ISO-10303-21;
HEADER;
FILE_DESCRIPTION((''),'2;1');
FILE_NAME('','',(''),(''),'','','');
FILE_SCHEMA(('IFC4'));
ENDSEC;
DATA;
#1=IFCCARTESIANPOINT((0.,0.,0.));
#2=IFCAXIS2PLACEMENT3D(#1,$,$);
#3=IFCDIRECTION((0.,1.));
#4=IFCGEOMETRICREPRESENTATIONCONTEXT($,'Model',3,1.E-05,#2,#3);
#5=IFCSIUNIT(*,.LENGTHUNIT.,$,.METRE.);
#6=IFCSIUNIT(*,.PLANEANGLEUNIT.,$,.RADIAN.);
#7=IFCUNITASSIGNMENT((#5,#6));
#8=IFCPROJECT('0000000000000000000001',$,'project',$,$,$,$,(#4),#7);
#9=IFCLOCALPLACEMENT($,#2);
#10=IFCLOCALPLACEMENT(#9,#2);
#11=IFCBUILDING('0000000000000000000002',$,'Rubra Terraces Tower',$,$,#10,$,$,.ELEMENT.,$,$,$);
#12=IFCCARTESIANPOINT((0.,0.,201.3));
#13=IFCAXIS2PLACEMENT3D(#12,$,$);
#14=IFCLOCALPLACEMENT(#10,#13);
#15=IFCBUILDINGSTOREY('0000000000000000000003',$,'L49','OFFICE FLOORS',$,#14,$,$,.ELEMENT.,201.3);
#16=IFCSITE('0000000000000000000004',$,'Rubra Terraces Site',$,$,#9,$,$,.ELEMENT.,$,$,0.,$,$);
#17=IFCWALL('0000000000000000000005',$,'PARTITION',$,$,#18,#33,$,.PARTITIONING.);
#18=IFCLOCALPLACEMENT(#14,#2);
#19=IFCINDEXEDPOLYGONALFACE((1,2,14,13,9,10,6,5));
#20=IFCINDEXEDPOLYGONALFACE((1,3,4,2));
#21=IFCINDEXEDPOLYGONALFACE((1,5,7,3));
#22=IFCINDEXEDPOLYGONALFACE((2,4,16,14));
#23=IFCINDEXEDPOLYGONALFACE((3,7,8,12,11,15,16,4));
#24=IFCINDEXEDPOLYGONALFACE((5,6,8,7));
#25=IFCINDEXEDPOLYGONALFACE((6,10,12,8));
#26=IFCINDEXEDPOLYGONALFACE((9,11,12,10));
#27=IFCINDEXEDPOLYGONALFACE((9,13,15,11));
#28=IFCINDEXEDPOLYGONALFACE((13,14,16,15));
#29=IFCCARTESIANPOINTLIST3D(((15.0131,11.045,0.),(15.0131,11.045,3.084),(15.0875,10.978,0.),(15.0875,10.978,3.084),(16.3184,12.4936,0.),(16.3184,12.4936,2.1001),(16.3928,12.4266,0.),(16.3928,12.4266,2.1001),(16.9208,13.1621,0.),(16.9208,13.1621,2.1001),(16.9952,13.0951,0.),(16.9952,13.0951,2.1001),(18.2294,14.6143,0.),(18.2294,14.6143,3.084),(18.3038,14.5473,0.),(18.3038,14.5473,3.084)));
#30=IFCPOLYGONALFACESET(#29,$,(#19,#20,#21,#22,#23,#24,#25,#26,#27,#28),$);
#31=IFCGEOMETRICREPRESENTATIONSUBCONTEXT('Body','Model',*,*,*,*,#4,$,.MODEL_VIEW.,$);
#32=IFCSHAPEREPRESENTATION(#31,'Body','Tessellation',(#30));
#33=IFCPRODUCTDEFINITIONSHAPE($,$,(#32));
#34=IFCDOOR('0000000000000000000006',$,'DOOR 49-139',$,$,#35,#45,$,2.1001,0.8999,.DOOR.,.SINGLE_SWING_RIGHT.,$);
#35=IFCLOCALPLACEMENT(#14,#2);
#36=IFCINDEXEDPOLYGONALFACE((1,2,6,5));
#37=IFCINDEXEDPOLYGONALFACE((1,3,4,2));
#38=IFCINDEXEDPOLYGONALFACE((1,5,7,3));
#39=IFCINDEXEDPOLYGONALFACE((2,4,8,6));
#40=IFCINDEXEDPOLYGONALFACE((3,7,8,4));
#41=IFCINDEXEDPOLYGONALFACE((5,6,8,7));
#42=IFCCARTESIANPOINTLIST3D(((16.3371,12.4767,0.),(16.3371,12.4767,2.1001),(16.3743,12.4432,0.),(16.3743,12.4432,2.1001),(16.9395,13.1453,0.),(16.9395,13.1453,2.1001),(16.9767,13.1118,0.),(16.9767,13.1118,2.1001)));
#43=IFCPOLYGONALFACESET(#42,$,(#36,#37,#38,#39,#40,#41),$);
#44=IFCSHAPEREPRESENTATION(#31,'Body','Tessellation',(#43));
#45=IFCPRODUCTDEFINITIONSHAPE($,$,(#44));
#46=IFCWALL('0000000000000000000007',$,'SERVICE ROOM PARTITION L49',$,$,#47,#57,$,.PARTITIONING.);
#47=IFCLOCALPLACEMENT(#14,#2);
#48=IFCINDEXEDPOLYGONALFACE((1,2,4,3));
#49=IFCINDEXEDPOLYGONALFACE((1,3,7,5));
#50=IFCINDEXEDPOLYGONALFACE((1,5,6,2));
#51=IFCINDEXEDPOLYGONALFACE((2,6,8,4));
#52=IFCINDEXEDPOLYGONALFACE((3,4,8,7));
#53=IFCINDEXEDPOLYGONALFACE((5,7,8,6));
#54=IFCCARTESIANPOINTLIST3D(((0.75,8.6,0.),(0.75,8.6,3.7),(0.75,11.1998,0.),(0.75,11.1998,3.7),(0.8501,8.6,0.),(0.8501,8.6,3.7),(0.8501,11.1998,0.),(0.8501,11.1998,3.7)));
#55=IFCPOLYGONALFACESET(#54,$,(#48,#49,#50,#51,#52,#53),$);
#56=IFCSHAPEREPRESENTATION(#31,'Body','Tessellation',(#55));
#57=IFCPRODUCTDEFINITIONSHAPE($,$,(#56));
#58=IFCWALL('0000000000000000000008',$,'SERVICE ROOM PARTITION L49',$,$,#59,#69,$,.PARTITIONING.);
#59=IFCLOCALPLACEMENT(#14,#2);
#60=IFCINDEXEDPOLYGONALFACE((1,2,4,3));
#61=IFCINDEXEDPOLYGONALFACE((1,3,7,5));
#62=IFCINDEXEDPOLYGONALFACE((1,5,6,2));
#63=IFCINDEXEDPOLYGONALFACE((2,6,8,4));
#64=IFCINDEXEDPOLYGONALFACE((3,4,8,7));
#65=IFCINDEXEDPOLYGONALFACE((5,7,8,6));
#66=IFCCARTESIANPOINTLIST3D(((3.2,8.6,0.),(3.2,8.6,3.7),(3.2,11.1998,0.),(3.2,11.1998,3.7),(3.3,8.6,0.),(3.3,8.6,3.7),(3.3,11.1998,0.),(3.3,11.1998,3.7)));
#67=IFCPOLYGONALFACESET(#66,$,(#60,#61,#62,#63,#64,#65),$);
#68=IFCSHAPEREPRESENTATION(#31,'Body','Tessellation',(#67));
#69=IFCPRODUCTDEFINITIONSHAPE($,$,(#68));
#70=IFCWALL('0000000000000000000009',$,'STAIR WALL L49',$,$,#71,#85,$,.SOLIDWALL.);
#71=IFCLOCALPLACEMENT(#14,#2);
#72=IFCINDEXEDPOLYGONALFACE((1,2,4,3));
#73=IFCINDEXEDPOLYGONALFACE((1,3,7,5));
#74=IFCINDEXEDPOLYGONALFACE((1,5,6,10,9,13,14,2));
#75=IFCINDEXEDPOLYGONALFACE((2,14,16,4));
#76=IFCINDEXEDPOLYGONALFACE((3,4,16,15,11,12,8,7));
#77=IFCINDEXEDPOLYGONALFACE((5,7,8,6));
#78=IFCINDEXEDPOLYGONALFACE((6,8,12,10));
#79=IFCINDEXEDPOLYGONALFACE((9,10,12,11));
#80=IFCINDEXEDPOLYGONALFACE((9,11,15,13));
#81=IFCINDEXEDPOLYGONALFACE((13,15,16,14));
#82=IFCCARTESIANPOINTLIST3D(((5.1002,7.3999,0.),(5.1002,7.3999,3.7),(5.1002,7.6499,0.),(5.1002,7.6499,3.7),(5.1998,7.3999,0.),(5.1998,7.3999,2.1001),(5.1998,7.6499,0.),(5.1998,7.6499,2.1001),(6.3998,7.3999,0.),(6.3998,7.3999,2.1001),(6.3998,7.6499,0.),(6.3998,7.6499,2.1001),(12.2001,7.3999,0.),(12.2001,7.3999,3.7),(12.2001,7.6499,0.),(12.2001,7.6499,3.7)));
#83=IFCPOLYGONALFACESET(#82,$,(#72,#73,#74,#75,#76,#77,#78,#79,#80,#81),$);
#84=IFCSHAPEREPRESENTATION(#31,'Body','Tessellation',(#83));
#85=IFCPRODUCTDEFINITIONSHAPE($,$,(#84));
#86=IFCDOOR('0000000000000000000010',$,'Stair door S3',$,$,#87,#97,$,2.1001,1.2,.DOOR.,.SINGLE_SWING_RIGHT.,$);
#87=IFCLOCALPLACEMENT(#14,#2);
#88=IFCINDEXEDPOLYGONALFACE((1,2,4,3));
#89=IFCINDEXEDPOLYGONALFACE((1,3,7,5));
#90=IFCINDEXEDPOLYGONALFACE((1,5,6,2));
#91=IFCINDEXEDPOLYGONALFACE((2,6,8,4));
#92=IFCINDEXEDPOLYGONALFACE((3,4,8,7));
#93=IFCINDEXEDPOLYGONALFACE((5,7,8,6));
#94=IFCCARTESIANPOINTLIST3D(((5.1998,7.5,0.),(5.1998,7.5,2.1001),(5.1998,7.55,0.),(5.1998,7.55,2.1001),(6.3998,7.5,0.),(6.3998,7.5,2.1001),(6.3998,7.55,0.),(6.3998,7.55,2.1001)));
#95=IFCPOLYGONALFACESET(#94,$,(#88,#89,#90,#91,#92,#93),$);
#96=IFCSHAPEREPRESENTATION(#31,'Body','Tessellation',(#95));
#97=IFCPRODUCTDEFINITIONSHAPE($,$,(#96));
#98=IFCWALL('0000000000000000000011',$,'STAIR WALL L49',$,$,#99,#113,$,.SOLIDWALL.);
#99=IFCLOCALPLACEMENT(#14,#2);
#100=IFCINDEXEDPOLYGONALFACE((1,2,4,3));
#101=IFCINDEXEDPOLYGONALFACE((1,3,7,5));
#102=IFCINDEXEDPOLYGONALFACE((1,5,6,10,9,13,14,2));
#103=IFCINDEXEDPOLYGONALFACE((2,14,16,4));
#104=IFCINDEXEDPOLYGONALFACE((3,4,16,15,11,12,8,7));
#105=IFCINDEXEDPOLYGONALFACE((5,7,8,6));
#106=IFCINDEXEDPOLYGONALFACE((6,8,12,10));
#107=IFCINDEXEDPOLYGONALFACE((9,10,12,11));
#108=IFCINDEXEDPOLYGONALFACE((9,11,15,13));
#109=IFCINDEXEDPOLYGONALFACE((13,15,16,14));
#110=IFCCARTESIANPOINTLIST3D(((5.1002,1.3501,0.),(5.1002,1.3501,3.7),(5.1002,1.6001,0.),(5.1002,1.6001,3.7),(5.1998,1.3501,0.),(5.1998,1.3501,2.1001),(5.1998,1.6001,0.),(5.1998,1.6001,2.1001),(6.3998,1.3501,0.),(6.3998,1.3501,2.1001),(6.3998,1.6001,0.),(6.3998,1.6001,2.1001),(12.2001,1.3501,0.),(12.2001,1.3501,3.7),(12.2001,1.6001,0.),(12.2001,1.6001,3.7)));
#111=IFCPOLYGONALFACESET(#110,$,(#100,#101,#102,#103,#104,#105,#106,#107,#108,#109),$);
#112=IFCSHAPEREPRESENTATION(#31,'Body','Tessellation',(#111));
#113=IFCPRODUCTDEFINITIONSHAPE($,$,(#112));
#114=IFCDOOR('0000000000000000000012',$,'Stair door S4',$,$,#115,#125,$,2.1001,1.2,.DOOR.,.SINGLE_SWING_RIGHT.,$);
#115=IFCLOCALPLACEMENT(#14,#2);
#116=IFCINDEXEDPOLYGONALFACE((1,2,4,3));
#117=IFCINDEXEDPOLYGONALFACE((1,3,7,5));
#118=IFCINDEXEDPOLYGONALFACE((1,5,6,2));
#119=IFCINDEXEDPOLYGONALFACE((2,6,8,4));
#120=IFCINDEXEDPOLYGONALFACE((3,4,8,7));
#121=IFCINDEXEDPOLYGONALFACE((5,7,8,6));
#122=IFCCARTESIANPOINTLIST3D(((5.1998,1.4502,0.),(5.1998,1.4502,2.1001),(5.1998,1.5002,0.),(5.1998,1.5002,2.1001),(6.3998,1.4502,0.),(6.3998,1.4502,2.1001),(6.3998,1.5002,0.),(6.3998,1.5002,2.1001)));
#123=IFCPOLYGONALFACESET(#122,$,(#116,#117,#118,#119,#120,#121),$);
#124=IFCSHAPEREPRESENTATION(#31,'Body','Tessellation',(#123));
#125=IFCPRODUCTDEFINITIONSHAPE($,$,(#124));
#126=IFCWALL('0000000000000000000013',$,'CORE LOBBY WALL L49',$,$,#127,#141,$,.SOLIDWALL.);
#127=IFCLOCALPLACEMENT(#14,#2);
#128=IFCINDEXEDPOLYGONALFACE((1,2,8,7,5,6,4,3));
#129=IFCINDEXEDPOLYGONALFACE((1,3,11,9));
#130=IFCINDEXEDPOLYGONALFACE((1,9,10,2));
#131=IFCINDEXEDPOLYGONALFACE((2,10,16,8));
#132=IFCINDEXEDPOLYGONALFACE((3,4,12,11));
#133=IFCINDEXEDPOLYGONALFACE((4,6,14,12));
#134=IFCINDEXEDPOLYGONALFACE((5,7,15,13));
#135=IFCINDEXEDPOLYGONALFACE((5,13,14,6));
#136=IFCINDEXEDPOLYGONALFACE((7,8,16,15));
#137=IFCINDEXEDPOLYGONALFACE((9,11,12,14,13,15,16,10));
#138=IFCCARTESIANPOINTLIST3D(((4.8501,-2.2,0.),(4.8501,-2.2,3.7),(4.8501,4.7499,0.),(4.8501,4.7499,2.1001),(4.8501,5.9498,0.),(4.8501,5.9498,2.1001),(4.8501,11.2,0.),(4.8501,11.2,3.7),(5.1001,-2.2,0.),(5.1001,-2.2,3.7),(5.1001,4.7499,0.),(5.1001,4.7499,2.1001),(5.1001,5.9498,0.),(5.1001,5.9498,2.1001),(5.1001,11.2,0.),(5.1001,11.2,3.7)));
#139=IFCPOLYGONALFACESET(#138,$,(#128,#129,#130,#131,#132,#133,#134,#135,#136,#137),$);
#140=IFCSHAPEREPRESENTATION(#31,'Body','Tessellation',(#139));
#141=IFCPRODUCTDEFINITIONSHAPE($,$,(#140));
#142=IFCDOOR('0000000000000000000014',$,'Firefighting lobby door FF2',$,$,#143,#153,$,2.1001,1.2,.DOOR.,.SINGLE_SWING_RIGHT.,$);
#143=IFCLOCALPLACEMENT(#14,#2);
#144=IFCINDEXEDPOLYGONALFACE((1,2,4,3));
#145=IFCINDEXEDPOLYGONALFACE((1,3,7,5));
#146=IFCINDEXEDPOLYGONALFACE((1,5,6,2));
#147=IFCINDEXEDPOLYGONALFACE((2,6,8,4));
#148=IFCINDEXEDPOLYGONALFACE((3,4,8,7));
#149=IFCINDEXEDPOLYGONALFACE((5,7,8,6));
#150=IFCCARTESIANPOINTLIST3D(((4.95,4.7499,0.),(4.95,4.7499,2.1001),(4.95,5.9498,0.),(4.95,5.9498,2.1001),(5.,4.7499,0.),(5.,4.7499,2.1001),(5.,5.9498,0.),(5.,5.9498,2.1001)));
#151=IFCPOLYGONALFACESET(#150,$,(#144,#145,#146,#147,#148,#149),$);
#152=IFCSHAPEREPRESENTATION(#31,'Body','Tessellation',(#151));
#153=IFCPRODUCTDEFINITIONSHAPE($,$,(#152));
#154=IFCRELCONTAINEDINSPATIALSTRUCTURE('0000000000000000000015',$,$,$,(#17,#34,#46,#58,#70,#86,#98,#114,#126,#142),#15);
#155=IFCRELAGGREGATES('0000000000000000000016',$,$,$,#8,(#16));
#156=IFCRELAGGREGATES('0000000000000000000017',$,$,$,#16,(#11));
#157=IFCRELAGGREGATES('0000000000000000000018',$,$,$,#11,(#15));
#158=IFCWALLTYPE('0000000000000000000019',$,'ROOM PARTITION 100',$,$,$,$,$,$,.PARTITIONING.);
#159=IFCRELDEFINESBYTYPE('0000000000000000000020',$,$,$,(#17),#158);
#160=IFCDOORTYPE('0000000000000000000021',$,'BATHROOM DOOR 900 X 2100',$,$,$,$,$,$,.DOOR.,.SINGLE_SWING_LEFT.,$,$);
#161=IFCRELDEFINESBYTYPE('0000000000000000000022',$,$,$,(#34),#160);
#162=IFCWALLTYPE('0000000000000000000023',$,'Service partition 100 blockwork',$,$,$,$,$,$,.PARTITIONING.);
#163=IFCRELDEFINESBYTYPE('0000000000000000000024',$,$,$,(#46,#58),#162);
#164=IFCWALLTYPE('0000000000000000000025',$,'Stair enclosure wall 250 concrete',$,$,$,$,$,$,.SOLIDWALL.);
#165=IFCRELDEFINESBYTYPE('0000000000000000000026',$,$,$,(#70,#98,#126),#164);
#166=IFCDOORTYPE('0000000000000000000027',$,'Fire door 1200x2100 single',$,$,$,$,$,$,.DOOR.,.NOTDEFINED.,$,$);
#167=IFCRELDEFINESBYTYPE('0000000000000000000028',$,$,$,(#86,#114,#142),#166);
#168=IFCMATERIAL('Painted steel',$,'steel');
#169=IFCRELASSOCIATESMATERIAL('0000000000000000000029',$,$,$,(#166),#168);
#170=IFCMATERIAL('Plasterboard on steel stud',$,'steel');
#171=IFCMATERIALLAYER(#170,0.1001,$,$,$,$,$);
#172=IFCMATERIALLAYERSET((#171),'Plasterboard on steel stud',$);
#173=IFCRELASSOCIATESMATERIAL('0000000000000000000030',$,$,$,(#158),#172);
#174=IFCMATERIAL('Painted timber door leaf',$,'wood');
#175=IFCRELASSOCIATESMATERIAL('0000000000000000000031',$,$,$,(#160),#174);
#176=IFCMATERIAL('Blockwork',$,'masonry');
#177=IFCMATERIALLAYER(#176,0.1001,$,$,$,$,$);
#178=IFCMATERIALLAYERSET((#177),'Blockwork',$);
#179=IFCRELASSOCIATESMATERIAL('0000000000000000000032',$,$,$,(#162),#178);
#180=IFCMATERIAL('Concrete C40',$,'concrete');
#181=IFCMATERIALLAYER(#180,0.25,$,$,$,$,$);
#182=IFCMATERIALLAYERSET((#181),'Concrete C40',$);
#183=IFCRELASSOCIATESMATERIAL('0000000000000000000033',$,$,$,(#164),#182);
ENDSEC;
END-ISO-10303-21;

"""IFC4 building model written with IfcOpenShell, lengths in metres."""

from ifc_helpers import new_model, si_unit, direction, frame, frame_2d, origin, place, context, subcontext, project, spatial, rectangle, extrude, material, layer, layer_set, type_object, element, fill, save


model = new_model("IFC4")

# Units and contexts
model_context = context("Model", 3, precision=1e-05, world=origin(), true_north=direction((0.0, 1.0)))
body_context = subcontext(model_context, "Body", "Model", "MODEL_VIEW")
ifc_project = project(units=[si_unit("LENGTHUNIT", "METRE"), si_unit("PLANEANGLEUNIT", "RADIAN")], contexts=[model_context])

# Site, building, storey
site_placement = place(None, origin())
site = spatial("IfcSite", under=ifc_project, at=site_placement, Name="Rubra Terraces Site", CompositionType="ELEMENT", RefElevation=0.0)
building_placement = place(site_placement, origin())
building = spatial("IfcBuilding", under=site, at=building_placement, Name="Rubra Terraces Tower", CompositionType="ELEMENT")
storey_placement = place(building_placement, frame((0.0, 0.0, 201.3)))
storey = spatial("IfcBuildingStorey", under=building, at=storey_placement, Name="L49", Description="OFFICE FLOORS", CompositionType="ELEMENT", Elevation=201.3)

# Shared definitions
ifc_material_1 = material(Name="Concrete C40", Category="concrete")

# Shared definitions
ifc_material_2 = material(Name="Painted steel", Category="steel")
door_type_1 = type_object("IfcDoorType", Name="Fire door 1200x2100 single", OperationType="NOTDEFINED", PredefinedType="DOOR", material=ifc_material_2)

# Wall, opening, door
ifc_material_3 = material(Name="Plasterboard on steel stud", Category="steel")
ifc_layer_1 = layer(ifc_material_3, 0.1001)
ifc_layer_set_1 = layer_set([ifc_layer_1], Name="Plasterboard on steel stud")
wall_type_1 = type_object("IfcWallType", Name="ROOM PARTITION 100", PredefinedType="PARTITIONING", material=ifc_layer_set_1)
wall_1_placement = place(storey_placement, frame((15.0503, 11.0115, 0.0), z_axis=(0.0, 0.0, 1.0), x_axis=(0.669414, 0.74289, 0.0)))
wall_1 = element("IfcWall", 1, at=wall_1_placement, inside=storey, type_object=wall_type_1, Name="PARTITION", PredefinedType="PARTITIONING", context=body_context, shape_type="SweptSolid", body=[
    extrude(rectangle(XDim=4.8047, YDim=0.1001, at=frame_2d((2.4023, 0.0))), origin(), (0.0, 0.0, 1.0), 3.084),
])
opening_1_placement = place(wall_1_placement, frame((1.95, 0.0, 0.0)))
opening_1 = element("IfcOpeningElement", 2, at=opening_1_placement, cuts=wall_1, PredefinedType="OPENING", context=body_context, shape_type="SweptSolid", body=[
    extrude(rectangle(XDim=0.8999, YDim=2.1001, at=frame_2d((0.45, 1.05))), frame((0.0, 0.0601, 0.0), z_axis=(0.0, -1.0, 0.0), x_axis=(1.0, 0.0, 0.0)), (0.0, 0.0, 1.0), 0.1201),
])
ifc_material_4 = material(Name="Painted timber door leaf", Category="wood")
door_type_2 = type_object("IfcDoorType", Name="BATHROOM DOOR 900 X 2100", OperationType="SINGLE_SWING_LEFT", PredefinedType="DOOR", material=ifc_material_4)
door_1_placement = place(opening_1_placement, origin())
door_1 = element("IfcDoor", 3, at=door_1_placement, inside=storey, type_object=door_type_2, Name="DOOR 49-139", OperationType="SINGLE_SWING_RIGHT", OverallHeight=2.1001, OverallWidth=0.8999, PredefinedType="DOOR", context=body_context, shape_type="SweptSolid", body=[
    extrude(rectangle(XDim=0.8999, YDim=2.1001, at=frame_2d((0.45, 1.05))), frame((0.0, 0.0249, 0.0), z_axis=(0.0, -1.0, 0.0), x_axis=(1.0, 0.0, 0.0)), (0.0, 0.0, 1.0), 0.05),
])
fill(opening_1, door_1)

# Walls
ifc_material_5 = material(Name="Blockwork", Category="masonry")
ifc_layer_2 = layer(ifc_material_5, 0.1001)
ifc_layer_set_2 = layer_set([ifc_layer_2], Name="Blockwork")
wall_type_2 = type_object("IfcWallType", Name="Service partition 100 blockwork", PredefinedType="PARTITIONING", material=ifc_layer_set_2)
for number, where, z_axis, x_axis, name in (
    (4, (0.8, 8.6001, 0.0), (0.0, 0.0, 1.0), (0.0, 1.0, 0.0), "SERVICE ROOM PARTITION L49"),
    (5, (3.25, 8.6001, 0.0), (0.0, 0.0, 1.0), (0.0, 1.0, 0.0), "SERVICE ROOM PARTITION L49"),
):
    element("IfcWall", number, at=place(storey_placement, frame(where, z_axis=z_axis, x_axis=x_axis)), inside=storey, type_object=wall_type_2, Name=name, PredefinedType="PARTITIONING", context=body_context, shape_type="SweptSolid", body=[
        extrude(rectangle(XDim=2.5999, YDim=0.1001, at=frame_2d((1.2998, 0.0))), origin(), (0.0, 0.0, 1.0), 3.7),
    ])

# Walls, openings, doors
ifc_layer_3 = layer(ifc_material_1, 0.25)
ifc_layer_set_3 = layer_set([ifc_layer_3], Name="Concrete C40")
wall_type_3 = type_object("IfcWallType", Name="Stair enclosure wall 250 concrete", PredefinedType="SOLIDWALL", material=ifc_layer_set_3)
wall_2_placement = place(storey_placement, frame((12.2, 7.5249, 0.0), z_axis=(0.0, 0.0, 1.0), x_axis=(-1.0, 0.0, 0.0)))
wall_2 = element("IfcWall", 6, at=wall_2_placement, inside=storey, type_object=wall_type_3, Name="STAIR WALL L49", PredefinedType="SOLIDWALL", context=body_context, shape_type="SweptSolid", body=[
    extrude(rectangle(XDim=7.0999, YDim=0.25, at=frame_2d((3.5498, 0.0))), origin(), (0.0, 0.0, 1.0), 3.7),
])
opening_2_placement = place(wall_2_placement, frame((5.8, 0.0, 0.0)))
opening_2 = element("IfcOpeningElement", 7, at=opening_2_placement, cuts=wall_2, PredefinedType="OPENING", context=body_context, shape_type="SweptSolid", body=[
    extrude(rectangle(XDim=1.2, YDim=2.1001, at=frame_2d((0.6001, 1.05))), frame((0.0, 0.135, 0.0), z_axis=(0.0, -1.0, 0.0), x_axis=(1.0, 0.0, 0.0)), (0.0, 0.0, 1.0), 0.27),
])
door_2_placement = place(opening_2_placement, origin())
door_2 = element("IfcDoor", 8, at=door_2_placement, inside=storey, type_object=door_type_1, Name="Stair door S3", OperationType="SINGLE_SWING_RIGHT", OverallHeight=2.1001, OverallWidth=1.2, PredefinedType="DOOR", context=body_context, shape_type="SweptSolid", body=[
    extrude(rectangle(XDim=1.2, YDim=2.1001, at=frame_2d((0.6001, 1.05))), frame((0.0, 0.0249, 0.0), z_axis=(0.0, -1.0, 0.0), x_axis=(1.0, 0.0, 0.0)), (0.0, 0.0, 1.0), 0.05),
])
fill(opening_2, door_2)
wall_3_placement = place(storey_placement, frame((12.2, 1.4751, 0.0), z_axis=(0.0, 0.0, 1.0), x_axis=(-1.0, 0.0, 0.0)))
wall_3 = element("IfcWall", 9, at=wall_3_placement, inside=storey, type_object=wall_type_3, Name="STAIR WALL L49", PredefinedType="SOLIDWALL", context=body_context, shape_type="SweptSolid", body=[
    extrude(rectangle(XDim=7.0999, YDim=0.25, at=frame_2d((3.5498, 0.0))), origin(), (0.0, 0.0, 1.0), 3.7),
])
opening_3_placement = place(wall_3_placement, frame((5.8, 0.0, 0.0)))
opening_3 = element("IfcOpeningElement", 10, at=opening_3_placement, cuts=wall_3, PredefinedType="OPENING", context=body_context, shape_type="SweptSolid", body=[
    extrude(rectangle(XDim=1.2, YDim=2.1001, at=frame_2d((0.6001, 1.05))), frame((0.0, 0.135, 0.0), z_axis=(0.0, -1.0, 0.0), x_axis=(1.0, 0.0, 0.0)), (0.0, 0.0, 1.0), 0.27),
])
door_3_placement = place(opening_3_placement, origin())
door_3 = element("IfcDoor", 11, at=door_3_placement, inside=storey, type_object=door_type_1, Name="Stair door S4", OperationType="SINGLE_SWING_RIGHT", OverallHeight=2.1001, OverallWidth=1.2, PredefinedType="DOOR", context=body_context, shape_type="SweptSolid", body=[
    extrude(rectangle(XDim=1.2, YDim=2.1001, at=frame_2d((0.6001, 1.05))), frame((0.0, 0.0249, 0.0), z_axis=(0.0, -1.0, 0.0), x_axis=(1.0, 0.0, 0.0)), (0.0, 0.0, 1.0), 0.05),
])
fill(opening_3, door_3)
wall_4_placement = place(storey_placement, frame((4.9751, 11.2, 0.0), z_axis=(0.0, 0.0, 1.0), x_axis=(0.0, -1.0, 0.0)))
wall_4 = element("IfcWall", 12, at=wall_4_placement, inside=storey, type_object=wall_type_3, Name="CORE LOBBY WALL L49", PredefinedType="SOLIDWALL", context=body_context, shape_type="SweptSolid", body=[
    extrude(rectangle(XDim=13.3999, YDim=0.25, at=frame_2d((6.7, 0.0))), origin(), (0.0, 0.0, 1.0), 3.7),
])
opening_4_placement = place(wall_4_placement, frame((5.25, 0.0, 0.0)))
opening_4 = element("IfcOpeningElement", 13, at=opening_4_placement, cuts=wall_4, PredefinedType="OPENING", context=body_context, shape_type="SweptSolid", body=[
    extrude(rectangle(XDim=1.2, YDim=2.1001, at=frame_2d((0.6001, 1.05))), frame((0.0, 0.135, 0.0), z_axis=(0.0, -1.0, 0.0), x_axis=(1.0, 0.0, 0.0)), (0.0, 0.0, 1.0), 0.27),
])
door_4_placement = place(opening_4_placement, origin())
door_4 = element("IfcDoor", 14, at=door_4_placement, inside=storey, type_object=door_type_1, Name="Firefighting lobby door FF2", OperationType="SINGLE_SWING_RIGHT", OverallHeight=2.1001, OverallWidth=1.2, PredefinedType="DOOR", context=body_context, shape_type="SweptSolid", body=[
    extrude(rectangle(XDim=1.2, YDim=2.1001, at=frame_2d((0.6001, 1.05))), frame((0.0, 0.0249, 0.0), z_axis=(0.0, -1.0, 0.0), x_axis=(1.0, 0.0, 0.0)), (0.0, 0.0, 1.0), 0.05),
])
fill(opening_4, door_4)

save(model, "model.ifc")
